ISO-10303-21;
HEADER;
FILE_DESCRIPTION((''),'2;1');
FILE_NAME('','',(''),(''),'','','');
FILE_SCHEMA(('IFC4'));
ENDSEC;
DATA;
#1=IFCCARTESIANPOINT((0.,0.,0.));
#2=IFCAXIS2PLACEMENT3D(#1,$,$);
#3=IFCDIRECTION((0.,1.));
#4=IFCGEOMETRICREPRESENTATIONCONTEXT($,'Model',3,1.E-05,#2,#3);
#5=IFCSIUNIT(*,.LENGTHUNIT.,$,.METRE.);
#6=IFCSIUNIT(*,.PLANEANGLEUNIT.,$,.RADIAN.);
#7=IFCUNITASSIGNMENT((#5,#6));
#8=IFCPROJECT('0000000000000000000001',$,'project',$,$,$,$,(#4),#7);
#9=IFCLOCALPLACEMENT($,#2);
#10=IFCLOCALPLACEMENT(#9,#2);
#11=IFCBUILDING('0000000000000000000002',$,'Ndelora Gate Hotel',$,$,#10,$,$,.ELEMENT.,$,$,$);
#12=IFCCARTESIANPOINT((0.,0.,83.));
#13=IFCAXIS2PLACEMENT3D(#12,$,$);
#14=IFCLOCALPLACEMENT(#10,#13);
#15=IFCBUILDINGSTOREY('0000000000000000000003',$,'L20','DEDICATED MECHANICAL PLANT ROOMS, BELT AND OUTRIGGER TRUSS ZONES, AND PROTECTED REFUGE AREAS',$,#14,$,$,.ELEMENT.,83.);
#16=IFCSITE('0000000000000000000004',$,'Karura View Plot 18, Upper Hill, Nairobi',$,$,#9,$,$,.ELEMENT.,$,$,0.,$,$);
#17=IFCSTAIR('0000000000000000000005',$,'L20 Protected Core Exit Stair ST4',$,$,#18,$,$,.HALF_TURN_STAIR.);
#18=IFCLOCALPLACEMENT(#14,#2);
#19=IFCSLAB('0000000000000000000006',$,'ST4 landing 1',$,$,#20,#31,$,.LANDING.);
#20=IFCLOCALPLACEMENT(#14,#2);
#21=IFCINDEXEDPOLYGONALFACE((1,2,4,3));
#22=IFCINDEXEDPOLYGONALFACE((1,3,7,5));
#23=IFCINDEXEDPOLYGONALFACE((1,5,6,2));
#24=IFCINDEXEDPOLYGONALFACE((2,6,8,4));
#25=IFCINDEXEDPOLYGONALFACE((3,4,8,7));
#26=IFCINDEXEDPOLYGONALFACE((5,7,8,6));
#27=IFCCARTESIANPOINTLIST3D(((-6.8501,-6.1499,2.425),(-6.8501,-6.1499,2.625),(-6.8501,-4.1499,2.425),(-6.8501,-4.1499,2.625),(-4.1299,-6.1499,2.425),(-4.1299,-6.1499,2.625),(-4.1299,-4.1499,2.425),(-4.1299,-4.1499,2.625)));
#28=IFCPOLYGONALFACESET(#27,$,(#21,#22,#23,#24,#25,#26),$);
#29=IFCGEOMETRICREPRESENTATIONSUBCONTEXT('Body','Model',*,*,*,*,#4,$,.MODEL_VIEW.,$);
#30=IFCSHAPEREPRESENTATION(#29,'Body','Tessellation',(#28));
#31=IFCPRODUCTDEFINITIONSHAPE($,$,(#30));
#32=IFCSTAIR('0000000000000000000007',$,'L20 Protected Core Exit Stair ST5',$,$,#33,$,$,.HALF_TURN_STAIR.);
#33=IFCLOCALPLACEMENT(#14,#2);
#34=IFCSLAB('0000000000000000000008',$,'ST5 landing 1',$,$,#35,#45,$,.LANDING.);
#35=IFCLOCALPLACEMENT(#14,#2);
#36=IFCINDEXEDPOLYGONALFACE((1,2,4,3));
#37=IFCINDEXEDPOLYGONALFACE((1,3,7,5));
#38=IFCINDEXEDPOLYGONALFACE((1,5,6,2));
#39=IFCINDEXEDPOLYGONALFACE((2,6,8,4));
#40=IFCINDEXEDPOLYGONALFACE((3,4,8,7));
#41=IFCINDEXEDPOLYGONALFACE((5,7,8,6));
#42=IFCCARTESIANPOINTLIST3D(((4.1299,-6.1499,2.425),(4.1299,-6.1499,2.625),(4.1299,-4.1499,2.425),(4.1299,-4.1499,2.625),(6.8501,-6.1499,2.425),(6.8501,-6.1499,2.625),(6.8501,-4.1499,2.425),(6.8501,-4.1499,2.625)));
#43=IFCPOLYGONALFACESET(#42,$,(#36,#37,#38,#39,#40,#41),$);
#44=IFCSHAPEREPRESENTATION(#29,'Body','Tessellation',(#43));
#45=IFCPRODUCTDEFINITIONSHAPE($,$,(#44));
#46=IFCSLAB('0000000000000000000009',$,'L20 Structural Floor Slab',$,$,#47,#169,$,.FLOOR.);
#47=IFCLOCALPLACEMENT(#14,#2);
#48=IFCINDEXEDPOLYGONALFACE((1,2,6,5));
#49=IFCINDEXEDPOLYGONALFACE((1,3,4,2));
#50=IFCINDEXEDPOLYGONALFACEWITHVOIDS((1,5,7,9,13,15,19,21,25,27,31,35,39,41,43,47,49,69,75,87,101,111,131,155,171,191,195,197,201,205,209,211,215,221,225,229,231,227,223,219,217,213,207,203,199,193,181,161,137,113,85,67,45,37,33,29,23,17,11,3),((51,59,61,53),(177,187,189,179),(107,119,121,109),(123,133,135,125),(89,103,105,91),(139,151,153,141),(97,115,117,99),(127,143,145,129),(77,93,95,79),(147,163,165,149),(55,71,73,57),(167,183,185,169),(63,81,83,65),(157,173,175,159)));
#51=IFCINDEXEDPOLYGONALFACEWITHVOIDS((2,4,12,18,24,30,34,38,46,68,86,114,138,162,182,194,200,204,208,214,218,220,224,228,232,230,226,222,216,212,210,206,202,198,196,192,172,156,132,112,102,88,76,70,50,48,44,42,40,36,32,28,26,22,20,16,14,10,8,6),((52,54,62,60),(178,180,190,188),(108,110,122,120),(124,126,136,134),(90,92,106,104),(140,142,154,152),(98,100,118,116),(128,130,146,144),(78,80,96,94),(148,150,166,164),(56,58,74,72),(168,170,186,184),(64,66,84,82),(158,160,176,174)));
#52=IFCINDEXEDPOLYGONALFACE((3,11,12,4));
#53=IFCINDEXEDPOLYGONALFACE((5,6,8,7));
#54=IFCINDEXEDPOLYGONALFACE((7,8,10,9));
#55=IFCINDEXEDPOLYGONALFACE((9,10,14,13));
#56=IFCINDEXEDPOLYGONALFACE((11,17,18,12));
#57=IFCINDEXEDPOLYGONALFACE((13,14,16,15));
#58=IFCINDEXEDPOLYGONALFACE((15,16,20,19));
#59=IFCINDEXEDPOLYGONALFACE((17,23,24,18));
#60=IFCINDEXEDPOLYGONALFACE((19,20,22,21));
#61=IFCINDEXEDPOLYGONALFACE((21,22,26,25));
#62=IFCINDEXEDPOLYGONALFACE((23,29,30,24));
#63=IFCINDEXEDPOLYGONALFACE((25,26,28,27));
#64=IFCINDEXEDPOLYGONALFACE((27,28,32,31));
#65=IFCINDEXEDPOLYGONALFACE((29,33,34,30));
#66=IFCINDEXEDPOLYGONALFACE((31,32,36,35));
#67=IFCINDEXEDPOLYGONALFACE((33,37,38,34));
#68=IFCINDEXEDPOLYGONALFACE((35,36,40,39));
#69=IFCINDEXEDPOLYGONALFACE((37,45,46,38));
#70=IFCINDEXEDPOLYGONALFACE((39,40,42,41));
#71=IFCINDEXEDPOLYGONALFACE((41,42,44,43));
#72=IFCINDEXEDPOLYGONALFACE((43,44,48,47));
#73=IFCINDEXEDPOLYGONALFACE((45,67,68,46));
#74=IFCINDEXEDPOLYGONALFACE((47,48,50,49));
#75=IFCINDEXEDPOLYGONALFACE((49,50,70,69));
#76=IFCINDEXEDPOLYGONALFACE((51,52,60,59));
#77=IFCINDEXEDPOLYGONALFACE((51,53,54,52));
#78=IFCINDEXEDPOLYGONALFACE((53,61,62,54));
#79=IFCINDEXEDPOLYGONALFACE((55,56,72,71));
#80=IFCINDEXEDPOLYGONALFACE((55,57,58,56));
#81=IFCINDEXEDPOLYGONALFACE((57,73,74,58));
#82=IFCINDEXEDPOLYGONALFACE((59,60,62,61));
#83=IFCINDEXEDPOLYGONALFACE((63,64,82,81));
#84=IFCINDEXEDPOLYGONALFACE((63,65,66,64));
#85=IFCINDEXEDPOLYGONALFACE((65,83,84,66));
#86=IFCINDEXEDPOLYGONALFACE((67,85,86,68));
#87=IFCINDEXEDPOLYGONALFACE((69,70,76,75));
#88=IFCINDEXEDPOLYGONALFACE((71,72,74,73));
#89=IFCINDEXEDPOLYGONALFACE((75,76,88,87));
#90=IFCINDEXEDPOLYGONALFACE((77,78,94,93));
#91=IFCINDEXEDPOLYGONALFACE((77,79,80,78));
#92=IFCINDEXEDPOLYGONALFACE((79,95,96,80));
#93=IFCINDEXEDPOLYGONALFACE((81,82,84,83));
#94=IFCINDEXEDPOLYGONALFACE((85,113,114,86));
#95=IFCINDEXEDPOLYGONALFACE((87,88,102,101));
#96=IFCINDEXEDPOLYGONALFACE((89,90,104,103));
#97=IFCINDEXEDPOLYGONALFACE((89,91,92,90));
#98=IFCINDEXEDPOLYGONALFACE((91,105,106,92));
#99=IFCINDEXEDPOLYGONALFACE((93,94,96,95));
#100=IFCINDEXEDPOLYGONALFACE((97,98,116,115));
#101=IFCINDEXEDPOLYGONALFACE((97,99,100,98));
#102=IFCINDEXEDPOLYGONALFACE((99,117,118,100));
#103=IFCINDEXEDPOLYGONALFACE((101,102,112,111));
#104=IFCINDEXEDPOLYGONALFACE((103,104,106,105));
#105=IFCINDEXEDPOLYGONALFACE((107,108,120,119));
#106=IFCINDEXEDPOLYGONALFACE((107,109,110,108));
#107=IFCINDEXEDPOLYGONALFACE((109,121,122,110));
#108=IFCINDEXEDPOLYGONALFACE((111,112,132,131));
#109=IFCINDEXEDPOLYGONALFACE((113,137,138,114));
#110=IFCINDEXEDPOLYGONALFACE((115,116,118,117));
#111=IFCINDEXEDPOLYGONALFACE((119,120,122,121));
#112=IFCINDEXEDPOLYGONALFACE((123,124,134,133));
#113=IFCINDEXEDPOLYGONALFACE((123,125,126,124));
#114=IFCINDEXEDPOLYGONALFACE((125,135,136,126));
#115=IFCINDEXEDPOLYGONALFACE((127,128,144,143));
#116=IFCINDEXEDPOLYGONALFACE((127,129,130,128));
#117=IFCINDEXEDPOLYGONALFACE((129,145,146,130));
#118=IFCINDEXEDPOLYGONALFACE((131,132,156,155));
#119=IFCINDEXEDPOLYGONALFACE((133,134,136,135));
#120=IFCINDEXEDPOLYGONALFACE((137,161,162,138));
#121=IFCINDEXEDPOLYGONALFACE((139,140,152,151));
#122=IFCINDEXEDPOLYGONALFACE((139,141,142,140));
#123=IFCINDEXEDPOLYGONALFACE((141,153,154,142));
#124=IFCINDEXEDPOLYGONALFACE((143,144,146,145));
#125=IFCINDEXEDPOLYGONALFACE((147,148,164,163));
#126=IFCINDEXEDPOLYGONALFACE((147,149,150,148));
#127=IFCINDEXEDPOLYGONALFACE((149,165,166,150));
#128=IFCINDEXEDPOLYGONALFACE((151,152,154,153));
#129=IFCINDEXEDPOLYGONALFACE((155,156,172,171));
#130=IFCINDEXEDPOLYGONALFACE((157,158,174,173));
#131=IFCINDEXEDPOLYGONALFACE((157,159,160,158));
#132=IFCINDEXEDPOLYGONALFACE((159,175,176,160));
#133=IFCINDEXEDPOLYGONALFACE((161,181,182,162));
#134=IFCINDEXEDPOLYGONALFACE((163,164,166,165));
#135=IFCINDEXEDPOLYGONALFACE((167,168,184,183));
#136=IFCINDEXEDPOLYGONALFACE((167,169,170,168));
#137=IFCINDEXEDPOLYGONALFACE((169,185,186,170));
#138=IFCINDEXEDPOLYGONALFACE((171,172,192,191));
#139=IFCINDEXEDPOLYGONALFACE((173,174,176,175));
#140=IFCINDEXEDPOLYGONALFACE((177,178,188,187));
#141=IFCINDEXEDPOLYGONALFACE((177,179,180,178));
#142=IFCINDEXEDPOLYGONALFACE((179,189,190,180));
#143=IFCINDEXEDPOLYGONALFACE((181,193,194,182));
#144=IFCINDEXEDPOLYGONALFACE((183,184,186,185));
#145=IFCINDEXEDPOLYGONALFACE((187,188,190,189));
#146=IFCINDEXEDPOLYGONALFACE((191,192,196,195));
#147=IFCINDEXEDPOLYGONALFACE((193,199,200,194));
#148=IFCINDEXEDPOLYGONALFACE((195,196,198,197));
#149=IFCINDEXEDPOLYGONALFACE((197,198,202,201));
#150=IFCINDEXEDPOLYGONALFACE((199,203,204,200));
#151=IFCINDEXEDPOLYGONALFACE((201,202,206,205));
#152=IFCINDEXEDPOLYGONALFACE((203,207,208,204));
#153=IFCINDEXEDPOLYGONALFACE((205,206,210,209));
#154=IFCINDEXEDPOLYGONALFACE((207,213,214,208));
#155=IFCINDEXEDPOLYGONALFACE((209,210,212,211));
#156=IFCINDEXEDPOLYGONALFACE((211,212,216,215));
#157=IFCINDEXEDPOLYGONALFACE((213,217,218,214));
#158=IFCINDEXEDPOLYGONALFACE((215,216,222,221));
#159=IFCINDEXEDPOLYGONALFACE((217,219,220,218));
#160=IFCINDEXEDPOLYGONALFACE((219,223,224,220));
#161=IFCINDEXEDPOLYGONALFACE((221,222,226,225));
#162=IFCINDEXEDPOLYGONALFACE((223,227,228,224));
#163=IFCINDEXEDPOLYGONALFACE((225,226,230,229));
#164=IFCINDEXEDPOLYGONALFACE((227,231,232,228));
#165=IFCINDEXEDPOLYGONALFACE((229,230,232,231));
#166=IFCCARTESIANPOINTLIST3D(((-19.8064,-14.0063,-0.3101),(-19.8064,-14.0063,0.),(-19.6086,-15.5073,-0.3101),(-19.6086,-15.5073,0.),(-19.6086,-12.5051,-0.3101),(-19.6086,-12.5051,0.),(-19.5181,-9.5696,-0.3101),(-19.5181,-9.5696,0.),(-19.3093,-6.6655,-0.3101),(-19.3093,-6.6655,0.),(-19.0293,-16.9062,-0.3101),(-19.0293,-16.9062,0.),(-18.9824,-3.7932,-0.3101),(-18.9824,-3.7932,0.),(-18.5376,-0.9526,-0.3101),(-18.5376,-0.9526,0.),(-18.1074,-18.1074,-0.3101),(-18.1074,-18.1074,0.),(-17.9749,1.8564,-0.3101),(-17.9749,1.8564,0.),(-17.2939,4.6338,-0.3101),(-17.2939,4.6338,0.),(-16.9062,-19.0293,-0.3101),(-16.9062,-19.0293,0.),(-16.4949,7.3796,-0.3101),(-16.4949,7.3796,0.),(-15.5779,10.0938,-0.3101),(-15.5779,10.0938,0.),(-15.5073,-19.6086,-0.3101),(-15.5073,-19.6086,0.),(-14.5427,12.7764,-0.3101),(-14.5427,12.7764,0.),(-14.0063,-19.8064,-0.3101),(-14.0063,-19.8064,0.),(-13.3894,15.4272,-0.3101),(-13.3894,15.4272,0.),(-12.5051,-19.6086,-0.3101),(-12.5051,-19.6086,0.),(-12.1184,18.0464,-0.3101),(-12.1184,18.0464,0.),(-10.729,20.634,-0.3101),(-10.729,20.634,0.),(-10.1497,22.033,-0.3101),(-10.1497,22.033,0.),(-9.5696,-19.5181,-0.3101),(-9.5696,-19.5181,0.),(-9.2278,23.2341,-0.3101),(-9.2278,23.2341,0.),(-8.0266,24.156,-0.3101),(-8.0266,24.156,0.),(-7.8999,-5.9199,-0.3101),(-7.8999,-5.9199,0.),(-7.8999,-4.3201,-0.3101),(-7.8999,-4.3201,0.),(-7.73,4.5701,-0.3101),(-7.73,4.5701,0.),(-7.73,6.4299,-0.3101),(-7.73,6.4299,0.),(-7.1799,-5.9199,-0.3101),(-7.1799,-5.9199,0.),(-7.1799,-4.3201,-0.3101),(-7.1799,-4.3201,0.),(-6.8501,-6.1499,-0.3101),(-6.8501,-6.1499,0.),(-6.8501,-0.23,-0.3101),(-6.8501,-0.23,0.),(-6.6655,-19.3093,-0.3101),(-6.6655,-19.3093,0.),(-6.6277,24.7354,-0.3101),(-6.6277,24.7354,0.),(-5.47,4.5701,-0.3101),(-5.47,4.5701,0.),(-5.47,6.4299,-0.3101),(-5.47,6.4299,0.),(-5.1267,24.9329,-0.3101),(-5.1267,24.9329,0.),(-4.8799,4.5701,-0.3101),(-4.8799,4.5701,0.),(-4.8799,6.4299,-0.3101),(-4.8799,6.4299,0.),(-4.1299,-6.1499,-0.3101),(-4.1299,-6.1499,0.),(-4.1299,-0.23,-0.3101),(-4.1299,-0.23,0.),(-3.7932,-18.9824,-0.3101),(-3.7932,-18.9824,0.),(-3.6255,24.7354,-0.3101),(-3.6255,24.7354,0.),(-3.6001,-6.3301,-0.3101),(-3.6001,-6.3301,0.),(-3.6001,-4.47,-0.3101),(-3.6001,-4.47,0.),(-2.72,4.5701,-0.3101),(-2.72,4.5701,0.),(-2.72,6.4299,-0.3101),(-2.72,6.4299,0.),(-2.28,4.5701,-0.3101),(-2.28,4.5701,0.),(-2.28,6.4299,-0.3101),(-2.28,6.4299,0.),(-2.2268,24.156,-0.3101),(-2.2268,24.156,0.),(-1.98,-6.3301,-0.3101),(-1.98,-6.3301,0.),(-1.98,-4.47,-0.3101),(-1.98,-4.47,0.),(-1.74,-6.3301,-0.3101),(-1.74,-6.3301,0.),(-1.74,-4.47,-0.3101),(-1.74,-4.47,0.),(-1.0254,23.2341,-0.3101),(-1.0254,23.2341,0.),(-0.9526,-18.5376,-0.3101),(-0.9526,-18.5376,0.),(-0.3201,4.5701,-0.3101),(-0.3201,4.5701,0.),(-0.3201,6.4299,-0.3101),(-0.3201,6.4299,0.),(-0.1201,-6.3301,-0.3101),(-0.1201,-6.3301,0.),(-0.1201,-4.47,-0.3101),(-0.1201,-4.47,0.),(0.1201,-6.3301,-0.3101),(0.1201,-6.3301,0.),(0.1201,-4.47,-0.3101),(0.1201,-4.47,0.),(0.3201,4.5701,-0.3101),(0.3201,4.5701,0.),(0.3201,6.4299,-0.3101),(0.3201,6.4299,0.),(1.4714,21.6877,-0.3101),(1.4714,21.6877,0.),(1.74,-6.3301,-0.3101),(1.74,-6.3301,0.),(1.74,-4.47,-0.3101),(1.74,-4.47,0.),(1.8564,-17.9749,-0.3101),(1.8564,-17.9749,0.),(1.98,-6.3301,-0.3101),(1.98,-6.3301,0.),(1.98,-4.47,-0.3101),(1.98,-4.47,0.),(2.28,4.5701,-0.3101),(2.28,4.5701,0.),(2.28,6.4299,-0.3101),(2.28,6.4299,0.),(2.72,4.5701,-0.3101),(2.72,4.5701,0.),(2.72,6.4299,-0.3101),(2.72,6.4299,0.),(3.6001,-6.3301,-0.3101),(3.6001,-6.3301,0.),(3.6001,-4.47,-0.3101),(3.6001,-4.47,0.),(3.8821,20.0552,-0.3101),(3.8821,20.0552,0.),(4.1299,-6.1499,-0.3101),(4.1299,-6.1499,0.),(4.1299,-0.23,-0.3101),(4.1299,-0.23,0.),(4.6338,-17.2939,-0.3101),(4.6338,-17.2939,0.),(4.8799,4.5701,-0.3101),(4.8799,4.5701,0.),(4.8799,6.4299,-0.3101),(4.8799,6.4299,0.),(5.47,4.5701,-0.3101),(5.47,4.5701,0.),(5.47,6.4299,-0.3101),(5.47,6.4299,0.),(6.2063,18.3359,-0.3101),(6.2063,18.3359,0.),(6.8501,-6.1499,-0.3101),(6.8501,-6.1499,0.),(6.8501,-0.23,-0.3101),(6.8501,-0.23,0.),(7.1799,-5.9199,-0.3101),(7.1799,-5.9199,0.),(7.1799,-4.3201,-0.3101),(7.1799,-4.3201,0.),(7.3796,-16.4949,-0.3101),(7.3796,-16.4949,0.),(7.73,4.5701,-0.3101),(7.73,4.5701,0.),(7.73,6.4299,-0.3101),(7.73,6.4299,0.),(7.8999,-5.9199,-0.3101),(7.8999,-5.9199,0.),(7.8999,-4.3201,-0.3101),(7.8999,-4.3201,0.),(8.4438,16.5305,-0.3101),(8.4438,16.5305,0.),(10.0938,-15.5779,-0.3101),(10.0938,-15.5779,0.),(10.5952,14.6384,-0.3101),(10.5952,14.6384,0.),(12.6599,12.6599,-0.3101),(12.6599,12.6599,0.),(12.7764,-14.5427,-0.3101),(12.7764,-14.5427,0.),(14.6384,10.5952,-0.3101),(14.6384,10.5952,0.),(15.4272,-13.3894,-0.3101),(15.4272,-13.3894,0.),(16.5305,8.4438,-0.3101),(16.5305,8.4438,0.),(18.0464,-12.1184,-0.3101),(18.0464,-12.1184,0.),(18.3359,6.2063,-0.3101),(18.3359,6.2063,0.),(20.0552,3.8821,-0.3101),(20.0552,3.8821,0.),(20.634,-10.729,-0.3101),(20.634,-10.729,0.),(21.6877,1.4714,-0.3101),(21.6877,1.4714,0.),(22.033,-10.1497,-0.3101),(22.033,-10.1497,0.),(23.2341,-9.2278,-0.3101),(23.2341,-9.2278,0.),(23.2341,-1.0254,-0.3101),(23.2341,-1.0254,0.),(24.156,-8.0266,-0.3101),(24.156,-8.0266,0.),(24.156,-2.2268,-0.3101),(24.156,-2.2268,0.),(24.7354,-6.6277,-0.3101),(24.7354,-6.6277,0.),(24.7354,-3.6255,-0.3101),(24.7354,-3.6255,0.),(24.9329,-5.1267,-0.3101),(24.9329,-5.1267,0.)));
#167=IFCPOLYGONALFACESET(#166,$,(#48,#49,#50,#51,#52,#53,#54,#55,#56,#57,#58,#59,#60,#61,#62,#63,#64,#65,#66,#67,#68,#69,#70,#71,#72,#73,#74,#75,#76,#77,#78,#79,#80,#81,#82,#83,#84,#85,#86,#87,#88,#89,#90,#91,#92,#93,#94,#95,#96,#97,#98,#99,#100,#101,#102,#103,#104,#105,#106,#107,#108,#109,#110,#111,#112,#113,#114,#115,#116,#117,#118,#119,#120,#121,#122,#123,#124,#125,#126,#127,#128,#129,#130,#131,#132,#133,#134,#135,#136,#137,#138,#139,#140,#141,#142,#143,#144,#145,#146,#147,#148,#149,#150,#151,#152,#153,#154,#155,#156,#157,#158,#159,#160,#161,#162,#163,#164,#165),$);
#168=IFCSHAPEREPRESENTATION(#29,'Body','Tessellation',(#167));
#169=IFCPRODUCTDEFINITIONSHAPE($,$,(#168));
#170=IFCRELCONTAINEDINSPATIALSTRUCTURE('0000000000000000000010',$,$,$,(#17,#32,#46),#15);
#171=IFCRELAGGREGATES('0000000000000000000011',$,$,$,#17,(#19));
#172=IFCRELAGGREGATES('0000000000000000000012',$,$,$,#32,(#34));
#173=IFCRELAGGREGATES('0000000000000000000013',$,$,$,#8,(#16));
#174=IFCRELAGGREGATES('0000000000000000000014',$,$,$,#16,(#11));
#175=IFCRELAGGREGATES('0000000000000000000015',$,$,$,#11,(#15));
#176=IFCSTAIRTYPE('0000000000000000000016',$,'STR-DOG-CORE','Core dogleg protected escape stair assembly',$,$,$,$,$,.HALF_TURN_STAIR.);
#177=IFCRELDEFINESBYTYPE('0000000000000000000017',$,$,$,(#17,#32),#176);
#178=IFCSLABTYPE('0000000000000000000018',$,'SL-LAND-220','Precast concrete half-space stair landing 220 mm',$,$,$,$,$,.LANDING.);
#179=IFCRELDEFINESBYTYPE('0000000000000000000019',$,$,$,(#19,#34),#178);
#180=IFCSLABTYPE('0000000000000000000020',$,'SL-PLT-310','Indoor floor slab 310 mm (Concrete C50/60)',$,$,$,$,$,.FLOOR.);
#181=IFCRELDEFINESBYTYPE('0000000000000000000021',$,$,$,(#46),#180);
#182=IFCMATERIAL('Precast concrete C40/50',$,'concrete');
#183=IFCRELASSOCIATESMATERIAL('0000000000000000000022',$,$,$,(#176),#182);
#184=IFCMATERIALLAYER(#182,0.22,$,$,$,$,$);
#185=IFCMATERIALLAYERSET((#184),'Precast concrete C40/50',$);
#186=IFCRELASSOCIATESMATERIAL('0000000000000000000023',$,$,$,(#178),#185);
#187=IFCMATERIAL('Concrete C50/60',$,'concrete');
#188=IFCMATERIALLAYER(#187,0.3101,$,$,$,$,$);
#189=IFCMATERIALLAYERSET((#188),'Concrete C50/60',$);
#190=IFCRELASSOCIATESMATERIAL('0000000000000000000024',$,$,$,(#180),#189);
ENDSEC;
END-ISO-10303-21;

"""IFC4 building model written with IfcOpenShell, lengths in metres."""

from ifc_helpers import new_model, si_unit, direction, frame, origin, place, context, subcontext, project, spatial, polyline, outline, extrude, material, layer, layer_set, type_object, element, aggregate, save


model = new_model("IFC4")

# Units and contexts
model_context = context("Model", 3, precision=1e-05, world=origin(), true_north=direction((0.0, 1.0)))
body_context = subcontext(model_context, "Body", "Model", "MODEL_VIEW")
ifc_project = project(units=[si_unit("LENGTHUNIT", "METRE"), si_unit("PLANEANGLEUNIT", "RADIAN")], contexts=[model_context])

# Site, building, storey
site_placement = place(None, origin())
site = spatial("IfcSite", under=ifc_project, at=site_placement, Name="Karura View Plot 18, Upper Hill, Nairobi", CompositionType="ELEMENT", RefElevation=0.0)
building_placement = place(site_placement, origin())
building = spatial("IfcBuilding", under=site, at=building_placement, Name="Ndelora Gate Hotel", CompositionType="ELEMENT")
storey_placement = place(building_placement, frame((0.0, 0.0, 83.0)))
storey = spatial("IfcBuildingStorey", under=building, at=storey_placement, Name="L20", Description="DEDICATED MECHANICAL PLANT ROOMS, BELT AND OUTRIGGER TRUSS ZONES, AND PROTECTED REFUGE AREAS", CompositionType="ELEMENT", Elevation=83.0)

# Stairs, slabs
ifc_material_1 = material(Name="Precast concrete C40/50", Category="concrete")
stair_type = type_object("IfcStairType", Name="STR-DOG-CORE", Description="Core dogleg protected escape stair assembly", PredefinedType="HALF_TURN_STAIR", material=ifc_material_1)
stair_1_placement = place(storey_placement, origin())
stair_1 = element("IfcStair", 1, at=stair_1_placement, inside=storey, type_object=stair_type, Name="L20 Protected Core Exit Stair ST4", PredefinedType="HALF_TURN_STAIR")
ifc_layer_1 = layer(ifc_material_1, 0.22)
ifc_layer_set_1 = layer_set([ifc_layer_1], Name="Precast concrete C40/50")
slab_type_1 = type_object("IfcSlabType", Name="SL-LAND-220", Description="Precast concrete half-space stair landing 220 mm", PredefinedType="LANDING", material=ifc_layer_set_1)
slab_1_placement = place(storey_placement, frame((0.0, 0.0, 2.425)))
slab_1 = element("IfcSlab", 2, at=slab_1_placement, type_object=slab_type_1, Name="ST4 landing 1", PredefinedType="LANDING", context=body_context, shape_type="SweptSolid", body=[
    extrude(outline(polyline([(-6.8501, -4.1499), (-6.8501, -6.1499), (-4.1299, -6.1499), (-4.1299, -4.1499), (-6.8501, -4.1499)])), origin(), (0.0, 0.0, 1.0), 0.2),
])
aggregate(stair_1, [slab_1])
stair_2_placement = place(storey_placement, origin())
stair_2 = element("IfcStair", 3, at=stair_2_placement, inside=storey, type_object=stair_type, Name="L20 Protected Core Exit Stair ST5", PredefinedType="HALF_TURN_STAIR")
slab_2_placement = place(storey_placement, frame((0.0, 0.0, 2.425)))
slab_2 = element("IfcSlab", 4, at=slab_2_placement, type_object=slab_type_1, Name="ST5 landing 1", PredefinedType="LANDING", context=body_context, shape_type="SweptSolid", body=[
    extrude(outline(polyline([(4.1299, -4.1499), (4.1299, -6.1499), (6.8501, -6.1499), (6.8501, -4.1499), (4.1299, -4.1499)])), origin(), (0.0, 0.0, 1.0), 0.2),
])

# Slab
ifc_material_2 = material(Name="Concrete C50/60", Category="concrete")
ifc_layer_2 = layer(ifc_material_2, 0.3101)
ifc_layer_set_2 = layer_set([ifc_layer_2], Name="Concrete C50/60")
slab_type_2 = type_object("IfcSlabType", Name="SL-PLT-310", Description="Indoor floor slab 310 mm (Concrete C50/60)", PredefinedType="FLOOR", material=ifc_layer_set_2)
slab_3_placement = place(storey_placement, frame((0.0, 0.0, -0.3101)))
element("IfcSlab", 5, at=slab_3_placement, inside=storey, type_object=slab_type_2, Name="L20 Structural Floor Slab", PredefinedType="FLOOR", context=body_context, shape_type="SweptSolid", body=[
    extrude(outline(polyline([(-1.0254, 23.2341), (-2.2268, 24.156), (-3.6255, 24.7354), (-5.1267, 24.9329), (-6.6277, 24.7354), (-8.0266, 24.156), (-9.2278, 23.2341), (-10.1497, 22.033), (-10.729, 20.634), (-12.1184, 18.0464), (-13.3894, 15.4272), (-14.5427, 12.7764), (-15.5779, 10.0938), (-16.4949, 7.3796), (-17.2939, 4.6338), (-17.9749, 1.8564), (-18.5376, -0.9526), (-18.9824, -3.7932), (-19.3093, -6.6655), (-19.5181, -9.5696), (-19.6086, -12.5051), (-19.8064, -14.0063), (-19.6086, -15.5073), (-19.0293, -16.9062), (-18.1074, -18.1074), (-16.9062, -19.0293), (-15.5073, -19.6086), (-14.0063, -19.8064), (-12.5051, -19.6086), (-9.5696, -19.5181), (-6.6655, -19.3093), (-3.7932, -18.9824), (-0.9526, -18.5376), (1.8564, -17.9749), (4.6338, -17.2939), (7.3796, -16.4949), (10.0938, -15.5779), (12.7764, -14.5427), (15.4272, -13.3894), (18.0464, -12.1184), (20.634, -10.729), (22.033, -10.1497), (23.2341, -9.2278), (24.156, -8.0266), (24.7354, -6.6277), (24.9329, -5.1267), (24.7354, -3.6255), (24.156, -2.2268), (23.2341, -1.0254), (21.6877, 1.4714), (20.0552, 3.8821), (18.3359, 6.2063), (16.5305, 8.4438), (14.6384, 10.5952), (12.6599, 12.6599), (10.5952, 14.6384), (8.4438, 16.5305), (6.2063, 18.3359), (3.8821, 20.0552), (1.4714, 21.6877), (-1.0254, 23.2341)]), holes=[polyline([(-6.8501, -0.23), (-6.8501, -6.1499), (-4.1299, -6.1499), (-4.1299, -0.23), (-6.8501, -0.23)]), polyline([(4.1299, -0.23), (4.1299, -6.1499), (6.8501, -6.1499), (6.8501, -0.23), (4.1299, -0.23)]), polyline([(-7.73, 4.5701), (-5.47, 4.5701), (-5.47, 6.4299), (-7.73, 6.4299), (-7.73, 4.5701)]), polyline([(5.47, 4.5701), (7.73, 4.5701), (7.73, 6.4299), (5.47, 6.4299), (5.47, 4.5701)]), polyline([(-4.8799, 4.5701), (-2.72, 4.5701), (-2.72, 6.4299), (-4.8799, 6.4299), (-4.8799, 4.5701)]), polyline([(2.72, 4.5701), (4.8799, 4.5701), (4.8799, 6.4299), (2.72, 6.4299), (2.72, 4.5701)]), polyline([(-3.6001, -6.3301), (-1.98, -6.3301), (-1.98, -4.47), (-3.6001, -4.47), (-3.6001, -6.3301)]), polyline([(-1.74, -6.3301), (-0.1201, -6.3301), (-0.1201, -4.47), (-1.74, -4.47), (-1.74, -6.3301)]), polyline([(0.1201, -6.3301), (1.74, -6.3301), (1.74, -4.47), (0.1201, -4.47), (0.1201, -6.3301)]), polyline([(1.98, -6.3301), (3.6001, -6.3301), (3.6001, -4.47), (1.98, -4.47), (1.98, -6.3301)]), polyline([(-2.28, 4.5701), (-0.3201, 4.5701), (-0.3201, 6.4299), (-2.28, 6.4299), (-2.28, 4.5701)]), polyline([(0.3201, 4.5701), (2.28, 4.5701), (2.28, 6.4299), (0.3201, 6.4299), (0.3201, 4.5701)]), polyline([(-7.8999, -5.9199), (-7.1799, -5.9199), (-7.1799, -4.3201), (-7.8999, -4.3201), (-7.8999, -5.9199)]), polyline([(7.1799, -5.9199), (7.8999, -5.9199), (7.8999, -4.3201), (7.1799, -4.3201), (7.1799, -5.9199)])]), origin(), (0.0, 0.0, 1.0), 0.3101),
])

aggregate(stair_2, [slab_2])

save(model, "model.ifc")
